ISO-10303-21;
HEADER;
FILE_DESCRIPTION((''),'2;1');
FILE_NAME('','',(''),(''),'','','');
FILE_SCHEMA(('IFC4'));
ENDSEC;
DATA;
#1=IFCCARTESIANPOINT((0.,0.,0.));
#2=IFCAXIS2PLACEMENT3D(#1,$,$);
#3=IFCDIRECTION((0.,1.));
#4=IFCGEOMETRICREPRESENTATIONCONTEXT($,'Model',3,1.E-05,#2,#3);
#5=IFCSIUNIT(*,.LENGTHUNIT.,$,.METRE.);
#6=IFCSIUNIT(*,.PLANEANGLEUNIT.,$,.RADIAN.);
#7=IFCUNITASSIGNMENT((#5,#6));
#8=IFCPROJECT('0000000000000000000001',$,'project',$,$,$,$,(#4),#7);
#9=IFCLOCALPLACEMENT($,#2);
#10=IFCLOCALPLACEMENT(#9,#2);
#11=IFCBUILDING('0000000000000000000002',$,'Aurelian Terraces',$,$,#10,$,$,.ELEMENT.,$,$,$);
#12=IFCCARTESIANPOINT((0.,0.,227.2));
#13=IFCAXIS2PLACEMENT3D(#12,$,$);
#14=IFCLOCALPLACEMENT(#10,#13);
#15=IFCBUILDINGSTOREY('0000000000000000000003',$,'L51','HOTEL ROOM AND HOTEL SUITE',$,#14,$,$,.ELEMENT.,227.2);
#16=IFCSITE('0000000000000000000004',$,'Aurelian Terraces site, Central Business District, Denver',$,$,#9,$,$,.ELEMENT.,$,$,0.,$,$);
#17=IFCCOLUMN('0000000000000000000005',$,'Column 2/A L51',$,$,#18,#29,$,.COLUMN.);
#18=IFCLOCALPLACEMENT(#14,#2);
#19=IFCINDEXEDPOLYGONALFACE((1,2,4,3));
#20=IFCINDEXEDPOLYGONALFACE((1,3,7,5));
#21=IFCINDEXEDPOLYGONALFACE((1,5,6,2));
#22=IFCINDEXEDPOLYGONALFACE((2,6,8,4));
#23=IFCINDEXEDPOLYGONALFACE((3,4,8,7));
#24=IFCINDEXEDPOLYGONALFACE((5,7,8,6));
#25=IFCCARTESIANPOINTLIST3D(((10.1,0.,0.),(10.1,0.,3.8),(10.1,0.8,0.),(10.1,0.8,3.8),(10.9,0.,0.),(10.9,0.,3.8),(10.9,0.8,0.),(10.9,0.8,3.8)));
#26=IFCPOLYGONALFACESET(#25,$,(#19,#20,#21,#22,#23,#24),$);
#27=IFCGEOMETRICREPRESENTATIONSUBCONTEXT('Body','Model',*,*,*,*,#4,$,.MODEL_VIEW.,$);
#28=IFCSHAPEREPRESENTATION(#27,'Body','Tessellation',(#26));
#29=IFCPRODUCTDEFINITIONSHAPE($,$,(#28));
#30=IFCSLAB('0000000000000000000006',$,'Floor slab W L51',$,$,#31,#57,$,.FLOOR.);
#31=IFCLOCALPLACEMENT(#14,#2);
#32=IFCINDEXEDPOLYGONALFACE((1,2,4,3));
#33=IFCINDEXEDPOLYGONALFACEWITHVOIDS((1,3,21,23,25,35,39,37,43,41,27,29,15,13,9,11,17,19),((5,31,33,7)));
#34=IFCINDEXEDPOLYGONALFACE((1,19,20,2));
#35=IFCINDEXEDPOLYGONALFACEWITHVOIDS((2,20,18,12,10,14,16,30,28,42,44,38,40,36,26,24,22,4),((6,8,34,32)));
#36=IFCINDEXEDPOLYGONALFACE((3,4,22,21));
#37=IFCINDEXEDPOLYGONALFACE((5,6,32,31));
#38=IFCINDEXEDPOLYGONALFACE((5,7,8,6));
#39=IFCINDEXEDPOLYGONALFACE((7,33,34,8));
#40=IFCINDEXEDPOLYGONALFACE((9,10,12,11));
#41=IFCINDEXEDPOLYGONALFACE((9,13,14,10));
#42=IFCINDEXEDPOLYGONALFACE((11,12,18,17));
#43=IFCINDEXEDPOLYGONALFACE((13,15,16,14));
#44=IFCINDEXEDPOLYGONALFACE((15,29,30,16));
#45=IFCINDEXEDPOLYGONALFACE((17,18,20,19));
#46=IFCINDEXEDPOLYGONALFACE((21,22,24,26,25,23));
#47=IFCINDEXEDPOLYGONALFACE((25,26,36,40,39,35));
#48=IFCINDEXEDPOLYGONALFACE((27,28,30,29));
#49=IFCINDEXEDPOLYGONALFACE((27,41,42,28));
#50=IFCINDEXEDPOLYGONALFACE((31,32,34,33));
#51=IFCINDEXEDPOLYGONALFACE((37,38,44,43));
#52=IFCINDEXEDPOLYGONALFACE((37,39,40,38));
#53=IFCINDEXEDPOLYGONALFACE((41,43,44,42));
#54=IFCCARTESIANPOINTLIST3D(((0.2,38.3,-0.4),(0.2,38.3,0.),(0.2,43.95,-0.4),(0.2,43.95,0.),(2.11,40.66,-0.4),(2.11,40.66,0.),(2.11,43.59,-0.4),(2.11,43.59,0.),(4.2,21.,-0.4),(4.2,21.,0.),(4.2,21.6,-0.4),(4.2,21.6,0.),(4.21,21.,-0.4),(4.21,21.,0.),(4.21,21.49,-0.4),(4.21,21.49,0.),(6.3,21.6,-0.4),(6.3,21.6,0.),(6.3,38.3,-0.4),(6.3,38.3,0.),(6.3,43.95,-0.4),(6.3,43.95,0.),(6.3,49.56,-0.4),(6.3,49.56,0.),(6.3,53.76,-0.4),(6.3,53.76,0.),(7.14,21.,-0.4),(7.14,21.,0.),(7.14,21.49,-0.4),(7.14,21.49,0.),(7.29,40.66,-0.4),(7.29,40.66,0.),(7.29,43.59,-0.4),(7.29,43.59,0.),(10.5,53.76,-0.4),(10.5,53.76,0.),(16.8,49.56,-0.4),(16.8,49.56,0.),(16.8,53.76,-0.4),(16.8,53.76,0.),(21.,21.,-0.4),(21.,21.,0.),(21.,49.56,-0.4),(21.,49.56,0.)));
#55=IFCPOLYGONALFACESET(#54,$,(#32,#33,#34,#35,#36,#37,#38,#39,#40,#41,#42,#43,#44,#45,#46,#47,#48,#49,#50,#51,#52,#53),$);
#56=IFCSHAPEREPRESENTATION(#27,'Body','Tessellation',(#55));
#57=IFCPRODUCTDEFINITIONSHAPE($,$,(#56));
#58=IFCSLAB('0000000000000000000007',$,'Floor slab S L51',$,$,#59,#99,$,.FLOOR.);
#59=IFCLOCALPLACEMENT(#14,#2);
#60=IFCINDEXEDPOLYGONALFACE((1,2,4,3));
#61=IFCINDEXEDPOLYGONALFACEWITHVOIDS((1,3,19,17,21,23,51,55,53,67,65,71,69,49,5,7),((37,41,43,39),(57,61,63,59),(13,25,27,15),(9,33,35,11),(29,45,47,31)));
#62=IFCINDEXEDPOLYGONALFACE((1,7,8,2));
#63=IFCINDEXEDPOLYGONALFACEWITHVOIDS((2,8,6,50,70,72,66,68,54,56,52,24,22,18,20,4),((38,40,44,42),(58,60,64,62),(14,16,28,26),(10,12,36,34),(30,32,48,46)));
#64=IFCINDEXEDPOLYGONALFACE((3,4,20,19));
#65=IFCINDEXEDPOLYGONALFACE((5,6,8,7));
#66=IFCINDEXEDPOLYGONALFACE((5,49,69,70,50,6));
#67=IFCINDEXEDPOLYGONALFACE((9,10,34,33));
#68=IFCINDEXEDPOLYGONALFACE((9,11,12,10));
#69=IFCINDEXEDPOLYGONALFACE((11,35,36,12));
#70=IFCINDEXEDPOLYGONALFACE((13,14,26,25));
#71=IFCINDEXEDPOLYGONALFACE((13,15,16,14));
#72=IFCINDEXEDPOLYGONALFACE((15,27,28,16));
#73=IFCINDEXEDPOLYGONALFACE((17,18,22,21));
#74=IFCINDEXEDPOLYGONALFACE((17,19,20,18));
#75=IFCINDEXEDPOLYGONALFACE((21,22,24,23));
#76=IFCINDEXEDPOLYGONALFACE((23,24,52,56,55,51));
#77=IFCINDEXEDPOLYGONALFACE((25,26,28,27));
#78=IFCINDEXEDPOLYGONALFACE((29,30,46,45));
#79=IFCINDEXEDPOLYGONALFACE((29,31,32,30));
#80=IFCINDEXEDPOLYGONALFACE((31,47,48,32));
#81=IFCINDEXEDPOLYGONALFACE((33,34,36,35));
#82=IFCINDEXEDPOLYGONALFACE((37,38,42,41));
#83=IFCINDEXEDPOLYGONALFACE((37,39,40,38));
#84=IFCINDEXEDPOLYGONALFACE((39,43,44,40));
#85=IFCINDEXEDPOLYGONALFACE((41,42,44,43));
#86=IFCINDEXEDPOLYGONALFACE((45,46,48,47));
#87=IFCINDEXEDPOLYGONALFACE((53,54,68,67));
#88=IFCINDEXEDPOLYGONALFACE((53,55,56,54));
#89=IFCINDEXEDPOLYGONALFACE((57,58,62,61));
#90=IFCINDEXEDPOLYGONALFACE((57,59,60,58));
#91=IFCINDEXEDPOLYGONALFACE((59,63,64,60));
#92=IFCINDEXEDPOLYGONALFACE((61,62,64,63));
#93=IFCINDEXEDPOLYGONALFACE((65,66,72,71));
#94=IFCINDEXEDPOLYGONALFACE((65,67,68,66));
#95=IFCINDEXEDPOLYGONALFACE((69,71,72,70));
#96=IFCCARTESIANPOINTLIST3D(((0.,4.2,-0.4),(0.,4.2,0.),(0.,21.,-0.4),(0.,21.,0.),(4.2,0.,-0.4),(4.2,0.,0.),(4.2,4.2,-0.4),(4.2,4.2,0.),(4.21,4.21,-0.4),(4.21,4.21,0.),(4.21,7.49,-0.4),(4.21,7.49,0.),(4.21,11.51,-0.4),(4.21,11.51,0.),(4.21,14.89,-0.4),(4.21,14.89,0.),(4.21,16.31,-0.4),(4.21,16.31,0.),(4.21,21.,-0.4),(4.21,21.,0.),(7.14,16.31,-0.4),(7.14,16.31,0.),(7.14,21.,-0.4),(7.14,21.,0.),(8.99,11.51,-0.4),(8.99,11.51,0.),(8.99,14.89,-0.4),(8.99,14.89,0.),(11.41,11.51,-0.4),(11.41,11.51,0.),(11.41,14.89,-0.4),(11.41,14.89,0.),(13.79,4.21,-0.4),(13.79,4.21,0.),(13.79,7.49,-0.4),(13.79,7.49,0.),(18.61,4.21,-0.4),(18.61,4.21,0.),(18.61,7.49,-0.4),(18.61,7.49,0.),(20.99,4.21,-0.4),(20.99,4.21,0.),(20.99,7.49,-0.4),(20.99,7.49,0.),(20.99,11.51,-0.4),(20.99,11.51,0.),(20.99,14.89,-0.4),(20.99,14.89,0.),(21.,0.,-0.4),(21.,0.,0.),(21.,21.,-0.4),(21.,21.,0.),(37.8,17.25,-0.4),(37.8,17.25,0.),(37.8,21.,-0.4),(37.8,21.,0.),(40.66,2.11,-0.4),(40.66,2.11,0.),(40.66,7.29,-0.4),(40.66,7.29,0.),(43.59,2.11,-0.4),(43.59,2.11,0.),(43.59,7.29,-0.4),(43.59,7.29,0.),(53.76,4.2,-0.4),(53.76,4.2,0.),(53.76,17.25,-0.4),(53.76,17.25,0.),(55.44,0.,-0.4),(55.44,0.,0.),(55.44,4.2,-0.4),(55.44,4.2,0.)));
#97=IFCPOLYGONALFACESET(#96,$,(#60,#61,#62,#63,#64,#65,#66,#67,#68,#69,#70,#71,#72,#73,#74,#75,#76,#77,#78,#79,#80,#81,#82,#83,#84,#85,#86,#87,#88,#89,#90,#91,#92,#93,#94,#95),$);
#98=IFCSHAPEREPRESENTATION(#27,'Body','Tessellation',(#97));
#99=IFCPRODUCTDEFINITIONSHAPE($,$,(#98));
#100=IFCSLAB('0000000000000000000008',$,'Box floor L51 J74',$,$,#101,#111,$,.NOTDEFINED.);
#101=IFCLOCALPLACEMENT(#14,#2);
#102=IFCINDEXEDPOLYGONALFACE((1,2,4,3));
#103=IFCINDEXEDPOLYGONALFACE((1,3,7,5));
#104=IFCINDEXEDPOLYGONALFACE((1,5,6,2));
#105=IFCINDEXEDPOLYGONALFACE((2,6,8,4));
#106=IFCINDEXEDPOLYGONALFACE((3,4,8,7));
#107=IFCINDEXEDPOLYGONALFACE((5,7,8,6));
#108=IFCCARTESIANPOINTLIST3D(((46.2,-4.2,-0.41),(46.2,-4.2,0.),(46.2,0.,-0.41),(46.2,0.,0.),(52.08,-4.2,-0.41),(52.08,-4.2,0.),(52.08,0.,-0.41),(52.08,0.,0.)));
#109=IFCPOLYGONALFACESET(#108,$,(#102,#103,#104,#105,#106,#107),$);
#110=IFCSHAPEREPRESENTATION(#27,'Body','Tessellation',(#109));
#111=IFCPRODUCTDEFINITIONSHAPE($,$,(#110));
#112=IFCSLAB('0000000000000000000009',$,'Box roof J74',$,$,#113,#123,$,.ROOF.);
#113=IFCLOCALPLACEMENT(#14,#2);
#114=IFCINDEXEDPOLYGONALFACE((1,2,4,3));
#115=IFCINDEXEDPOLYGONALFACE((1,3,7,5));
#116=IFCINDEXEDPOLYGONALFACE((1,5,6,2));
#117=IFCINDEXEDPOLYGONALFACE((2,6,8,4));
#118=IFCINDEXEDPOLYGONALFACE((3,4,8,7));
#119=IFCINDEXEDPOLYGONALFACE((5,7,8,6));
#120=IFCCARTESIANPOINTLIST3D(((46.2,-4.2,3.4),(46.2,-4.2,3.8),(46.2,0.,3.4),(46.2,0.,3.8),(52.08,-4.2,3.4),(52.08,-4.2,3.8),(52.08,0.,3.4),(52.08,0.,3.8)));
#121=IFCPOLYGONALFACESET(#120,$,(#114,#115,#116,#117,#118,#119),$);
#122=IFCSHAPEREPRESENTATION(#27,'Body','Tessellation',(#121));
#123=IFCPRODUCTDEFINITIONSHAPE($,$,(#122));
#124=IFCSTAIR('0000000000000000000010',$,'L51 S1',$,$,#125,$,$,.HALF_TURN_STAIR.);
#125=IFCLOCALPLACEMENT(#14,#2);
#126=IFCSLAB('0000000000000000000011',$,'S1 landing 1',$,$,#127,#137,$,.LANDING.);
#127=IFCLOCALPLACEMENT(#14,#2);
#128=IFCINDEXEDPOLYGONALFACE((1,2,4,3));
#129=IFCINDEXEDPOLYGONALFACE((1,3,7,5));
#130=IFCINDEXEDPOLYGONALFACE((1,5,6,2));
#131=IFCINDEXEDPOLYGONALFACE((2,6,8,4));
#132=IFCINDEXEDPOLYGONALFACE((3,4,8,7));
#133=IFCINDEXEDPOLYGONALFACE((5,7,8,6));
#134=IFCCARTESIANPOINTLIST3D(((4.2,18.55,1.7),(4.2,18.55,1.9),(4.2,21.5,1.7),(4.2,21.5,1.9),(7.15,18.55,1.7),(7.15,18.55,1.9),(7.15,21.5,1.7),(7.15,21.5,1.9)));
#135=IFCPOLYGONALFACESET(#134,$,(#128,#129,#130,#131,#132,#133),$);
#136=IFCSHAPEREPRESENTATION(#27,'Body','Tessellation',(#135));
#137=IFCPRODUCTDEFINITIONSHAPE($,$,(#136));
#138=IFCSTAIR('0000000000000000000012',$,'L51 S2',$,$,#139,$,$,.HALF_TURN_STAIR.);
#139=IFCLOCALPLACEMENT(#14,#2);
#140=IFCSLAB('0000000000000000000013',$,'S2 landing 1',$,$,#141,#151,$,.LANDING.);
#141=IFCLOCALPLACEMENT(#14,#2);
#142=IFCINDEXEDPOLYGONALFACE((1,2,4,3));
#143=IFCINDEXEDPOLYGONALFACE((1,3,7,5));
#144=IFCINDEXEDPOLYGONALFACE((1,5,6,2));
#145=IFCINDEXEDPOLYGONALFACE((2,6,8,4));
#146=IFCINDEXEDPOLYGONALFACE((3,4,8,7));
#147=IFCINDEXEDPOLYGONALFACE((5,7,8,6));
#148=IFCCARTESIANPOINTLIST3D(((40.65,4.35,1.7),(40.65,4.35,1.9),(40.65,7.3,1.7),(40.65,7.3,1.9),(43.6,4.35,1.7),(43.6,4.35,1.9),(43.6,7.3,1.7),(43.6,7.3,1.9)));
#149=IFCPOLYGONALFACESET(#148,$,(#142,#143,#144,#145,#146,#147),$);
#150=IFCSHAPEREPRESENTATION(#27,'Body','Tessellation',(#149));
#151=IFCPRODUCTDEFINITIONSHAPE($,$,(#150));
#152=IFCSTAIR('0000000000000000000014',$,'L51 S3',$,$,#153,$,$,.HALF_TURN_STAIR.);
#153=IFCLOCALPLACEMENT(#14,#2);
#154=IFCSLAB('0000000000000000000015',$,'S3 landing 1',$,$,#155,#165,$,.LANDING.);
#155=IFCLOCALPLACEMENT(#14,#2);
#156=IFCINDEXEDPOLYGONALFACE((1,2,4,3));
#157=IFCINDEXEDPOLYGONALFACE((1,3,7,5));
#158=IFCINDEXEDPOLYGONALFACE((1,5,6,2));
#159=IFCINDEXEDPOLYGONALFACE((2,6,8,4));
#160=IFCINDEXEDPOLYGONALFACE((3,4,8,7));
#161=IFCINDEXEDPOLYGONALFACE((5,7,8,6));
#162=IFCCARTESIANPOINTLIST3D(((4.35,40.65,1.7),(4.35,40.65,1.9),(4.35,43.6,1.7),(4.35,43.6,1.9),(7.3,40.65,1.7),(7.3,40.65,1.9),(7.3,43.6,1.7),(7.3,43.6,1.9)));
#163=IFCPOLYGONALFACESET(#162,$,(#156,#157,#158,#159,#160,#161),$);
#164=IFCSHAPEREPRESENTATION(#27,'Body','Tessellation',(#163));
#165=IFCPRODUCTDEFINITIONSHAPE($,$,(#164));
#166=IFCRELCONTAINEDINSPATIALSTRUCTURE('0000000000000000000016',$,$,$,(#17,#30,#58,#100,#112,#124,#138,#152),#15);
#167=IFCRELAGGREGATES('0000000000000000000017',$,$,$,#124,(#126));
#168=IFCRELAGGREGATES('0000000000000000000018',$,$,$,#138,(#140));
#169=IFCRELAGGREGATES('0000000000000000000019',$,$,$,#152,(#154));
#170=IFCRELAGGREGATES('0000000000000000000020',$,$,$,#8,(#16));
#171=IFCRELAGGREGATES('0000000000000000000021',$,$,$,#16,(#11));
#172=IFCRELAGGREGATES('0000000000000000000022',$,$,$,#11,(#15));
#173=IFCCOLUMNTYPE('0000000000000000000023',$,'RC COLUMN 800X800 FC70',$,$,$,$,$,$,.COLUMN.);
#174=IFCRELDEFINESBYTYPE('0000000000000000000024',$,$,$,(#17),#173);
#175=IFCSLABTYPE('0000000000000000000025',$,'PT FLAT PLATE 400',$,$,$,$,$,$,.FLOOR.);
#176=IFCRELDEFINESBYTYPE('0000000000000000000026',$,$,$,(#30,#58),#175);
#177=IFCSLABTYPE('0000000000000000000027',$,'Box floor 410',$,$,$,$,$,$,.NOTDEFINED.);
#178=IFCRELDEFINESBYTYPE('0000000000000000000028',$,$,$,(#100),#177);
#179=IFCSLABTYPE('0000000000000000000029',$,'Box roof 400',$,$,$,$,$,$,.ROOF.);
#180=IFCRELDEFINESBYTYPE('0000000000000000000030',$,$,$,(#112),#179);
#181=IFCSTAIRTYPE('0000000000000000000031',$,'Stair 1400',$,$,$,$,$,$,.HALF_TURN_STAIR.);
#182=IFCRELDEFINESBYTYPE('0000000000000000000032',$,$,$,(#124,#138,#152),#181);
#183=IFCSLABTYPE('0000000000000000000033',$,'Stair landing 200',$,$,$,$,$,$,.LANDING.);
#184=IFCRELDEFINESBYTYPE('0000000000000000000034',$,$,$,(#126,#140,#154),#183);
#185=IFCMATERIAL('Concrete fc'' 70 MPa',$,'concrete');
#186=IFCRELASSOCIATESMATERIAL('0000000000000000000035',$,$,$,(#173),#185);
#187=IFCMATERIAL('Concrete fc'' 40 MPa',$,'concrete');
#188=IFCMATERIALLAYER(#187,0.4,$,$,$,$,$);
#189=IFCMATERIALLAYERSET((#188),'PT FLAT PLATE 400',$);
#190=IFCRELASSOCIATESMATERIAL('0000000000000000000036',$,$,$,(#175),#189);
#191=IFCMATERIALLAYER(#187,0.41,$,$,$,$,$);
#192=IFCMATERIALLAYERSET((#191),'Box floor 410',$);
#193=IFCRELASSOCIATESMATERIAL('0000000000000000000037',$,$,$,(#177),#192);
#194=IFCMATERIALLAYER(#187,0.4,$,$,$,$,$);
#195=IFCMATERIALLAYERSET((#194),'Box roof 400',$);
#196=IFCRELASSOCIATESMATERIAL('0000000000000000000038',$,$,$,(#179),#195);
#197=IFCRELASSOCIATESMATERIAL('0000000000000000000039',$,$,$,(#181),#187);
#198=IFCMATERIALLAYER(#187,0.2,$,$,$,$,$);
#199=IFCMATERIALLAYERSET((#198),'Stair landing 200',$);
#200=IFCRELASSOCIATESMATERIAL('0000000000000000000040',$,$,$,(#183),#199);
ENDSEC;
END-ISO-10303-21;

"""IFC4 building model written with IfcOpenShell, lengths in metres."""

from ifc_helpers import new_model, si_unit, direction, frame, origin, origin_2d, place, context, subcontext, project, spatial, polyline, rectangle, outline, extrude, source, transform, mapped, material, layer, layer_set, material_profile, profile_set, type_object, element, aggregate, save


model = new_model("IFC4")

# Units and contexts
model_context = context("Model", 3, precision=1e-05, world=origin(), true_north=direction((0.0, 1.0)))
body_context = subcontext(model_context, "Body", "Model", "MODEL_VIEW")
ifc_project = project(units=[si_unit("LENGTHUNIT", "METRE"), si_unit("PLANEANGLEUNIT", "RADIAN")], contexts=[model_context])

# Site, building, storey
site_placement = place(None, origin())
site = spatial("IfcSite", under=ifc_project, at=site_placement, Name="Aurelian Terraces site, Central Business District, Denver", CompositionType="ELEMENT", RefElevation=0.0)
building_placement = place(site_placement, origin())
building = spatial("IfcBuilding", under=site, at=building_placement, Name="Aurelian Terraces", CompositionType="ELEMENT")
storey_placement = place(building_placement, frame((0.0, 0.0, 227.2)))
storey = spatial("IfcBuildingStorey", under=building, at=storey_placement, Name="L51", Description="HOTEL ROOM AND HOTEL SUITE", CompositionType="ELEMENT", Elevation=227.2)

# Column
ifc_material_1 = material(Name="Concrete fc' 70 MPa", Category="concrete")
ifc_material_profile = material_profile(ifc_material_1, rectangle(XDim=0.8, YDim=0.8, at=origin_2d()))
ifc_profile_set = profile_set([ifc_material_profile], Name="Concrete fc' 70 MPa")
column_type = type_object("IfcColumnType", Name="RC COLUMN 800X800 FC70", PredefinedType="COLUMN", material=ifc_profile_set)
column_placement = place(storey_placement, frame((10.5, 0.4, 0.0), z_axis=(0.0, 0.0, 1.0), x_axis=(1.0, 0.0, 0.0)))
element("IfcColumn", 1, at=column_placement, inside=storey, type_object=column_type, Name="Column 2/A L51", PredefinedType="COLUMN", context=body_context, shape_type="SweptSolid", body=[
    extrude(rectangle(XDim=0.8, YDim=0.8, at=origin_2d()), origin(), (0.0, 0.0, 1.0), 3.8),
])

# Slabs
ifc_material_2 = material(Name="Concrete fc' 40 MPa", Category="concrete")
ifc_layer_1 = layer(ifc_material_2, 0.4)
ifc_layer_set_1 = layer_set([ifc_layer_1], Name="PT FLAT PLATE 400")
slab_type_1 = type_object("IfcSlabType", Name="PT FLAT PLATE 400", PredefinedType="FLOOR", material=ifc_layer_set_1)
shared_shape_1 = source(origin(), body_context, "Body", "SweptSolid", [
    extrude(outline(polyline([(6.3, 43.95), (6.3, 49.56), (6.3, 53.76), (10.5, 53.76), (16.8, 53.76), (16.8, 49.56), (21.0, 49.56), (21.0, 21.0), (7.14, 21.0), (7.14, 21.49), (4.21, 21.49), (4.21, 21.0), (4.2, 21.0), (4.2, 21.6), (6.3, 21.6), (6.3, 38.3), (0.2, 38.3), (0.2, 43.95), (6.3, 43.95)]), holes=[polyline([(7.29, 43.59), (2.11, 43.59), (2.11, 40.66), (7.29, 40.66), (7.29, 43.59)])]), origin(), (0.0, 0.0, 1.0), 0.4),
])
slab_1_placement = place(storey_placement, frame((0.0, 0.0, -0.4)))
element("IfcSlab", 2, at=slab_1_placement, inside=storey, type_object=slab_type_1, Name="Floor slab W L51", PredefinedType="FLOOR", context=body_context, shape_type="MappedRepresentation", body=[
    mapped(shared_shape_1, transform((0.0, 0.0, 0.0), scale=1.0)),
])
shared_shape_2 = source(origin(), body_context, "Body", "SweptSolid", [
    extrude(outline(polyline([(21.0, 0.0), (4.2, 0.0), (4.2, 4.2), (0.0, 4.2), (0.0, 21.0), (4.21, 21.0), (4.21, 16.31), (7.14, 16.31), (7.14, 21.0), (21.0, 21.0), (37.8, 21.0), (37.8, 17.25), (53.76, 17.25), (53.76, 4.2), (55.44, 4.2), (55.44, 0.0), (21.0, 0.0)]), holes=[polyline([(40.66, 2.11), (43.59, 2.11), (43.59, 7.29), (40.66, 7.29), (40.66, 2.11)]), polyline([(18.61, 7.49), (18.61, 4.21), (20.99, 4.21), (20.99, 7.49), (18.61, 7.49)]), polyline([(20.99, 14.89), (11.41, 14.89), (11.41, 11.51), (20.99, 11.51), (20.99, 14.89)]), polyline([(4.21, 7.49), (4.21, 4.21), (13.79, 4.21), (13.79, 7.49), (4.21, 7.49)]), polyline([(4.21, 14.89), (4.21, 11.51), (8.99, 11.51), (8.99, 14.89), (4.21, 14.89)])]), origin(), (0.0, 0.0, 1.0), 0.4),
])
slab_2_placement = place(storey_placement, frame((0.0, 0.0, -0.4)))
element("IfcSlab", 3, at=slab_2_placement, inside=storey, type_object=slab_type_1, Name="Floor slab S L51", PredefinedType="FLOOR", context=body_context, shape_type="MappedRepresentation", body=[
    mapped(shared_shape_2, transform((0.0, 0.0, 0.0), scale=1.0)),
])
ifc_layer_2 = layer(ifc_material_2, 0.41)
ifc_layer_set_2 = layer_set([ifc_layer_2], Name="Box floor 410")
slab_type_2 = type_object("IfcSlabType", Name="Box floor 410", PredefinedType="NOTDEFINED", material=ifc_layer_set_2)
shared_shape_3 = source(origin(), body_context, "Body", "SweptSolid", [
    extrude(outline(polyline([(46.2, -4.2), (52.08, -4.2), (52.08, 0.0), (46.2, 0.0), (46.2, -4.2)])), origin(), (0.0, 0.0, 1.0), 0.41),
])
slab_3_placement = place(storey_placement, frame((0.0, 0.0, -0.41)))
element("IfcSlab", 4, at=slab_3_placement, inside=storey, type_object=slab_type_2, Name="Box floor L51 J74", PredefinedType="NOTDEFINED", context=body_context, shape_type="MappedRepresentation", body=[
    mapped(shared_shape_3, transform((0.0, 0.0, 0.0), scale=1.0)),
])
ifc_layer_3 = layer(ifc_material_2, 0.4)
ifc_layer_set_3 = layer_set([ifc_layer_3], Name="Box roof 400")
slab_type_3 = type_object("IfcSlabType", Name="Box roof 400", PredefinedType="ROOF", material=ifc_layer_set_3)
shared_shape_4 = source(origin(), body_context, "Body", "SweptSolid", [
    extrude(outline(polyline([(46.2, -4.2), (52.08, -4.2), (52.08, 0.0), (46.2, 0.0), (46.2, -4.2)])), origin(), (0.0, 0.0, 1.0), 0.4),
])
slab_4_placement = place(storey_placement, frame((0.0, 0.0, 3.4)))
element("IfcSlab", 5, at=slab_4_placement, inside=storey, type_object=slab_type_3, Name="Box roof J74", PredefinedType="ROOF", context=body_context, shape_type="MappedRepresentation", body=[
    mapped(shared_shape_4, transform((0.0, 0.0, 0.0), scale=1.0)),
])

# Stairs, slabs
stair_type = type_object("IfcStairType", Name="Stair 1400", PredefinedType="HALF_TURN_STAIR", material=ifc_material_2)
stair_1_placement = place(storey_placement, origin())
stair_1 = element("IfcStair", 6, at=stair_1_placement, inside=storey, type_object=stair_type, Name="L51 S1", PredefinedType="HALF_TURN_STAIR")
ifc_layer_4 = layer(ifc_material_2, 0.2)
ifc_layer_set_4 = layer_set([ifc_layer_4], Name="Stair landing 200")
slab_type_4 = type_object("IfcSlabType", Name="Stair landing 200", PredefinedType="LANDING", material=ifc_layer_set_4)
shared_shape_5 = source(origin(), body_context, "Body", "SweptSolid", [
    extrude(outline(polyline([(7.15, 18.55), (7.15, 21.5), (4.2, 21.5), (4.2, 18.55), (7.15, 18.55)])), origin(), (0.0, 0.0, 1.0), 0.2),
])
slab_5_placement = place(storey_placement, frame((0.0, 0.0, 1.7)))
slab_5 = element("IfcSlab", 7, at=slab_5_placement, type_object=slab_type_4, Name="S1 landing 1", PredefinedType="LANDING", context=body_context, shape_type="MappedRepresentation", body=[
    mapped(shared_shape_5, transform((0.0, 0.0, 0.0), scale=1.0)),
])
aggregate(stair_1, [slab_5])
stair_2_placement = place(storey_placement, origin())
stair_2 = element("IfcStair", 8, at=stair_2_placement, inside=storey, type_object=stair_type, Name="L51 S2", PredefinedType="HALF_TURN_STAIR")
shared_shape_6 = source(origin(), body_context, "Body", "SweptSolid", [
    extrude(outline(polyline([(43.6, 4.35), (43.6, 7.3), (40.65, 7.3), (40.65, 4.35), (43.6, 4.35)])), origin(), (0.0, 0.0, 1.0), 0.2),
])
slab_6_placement = place(storey_placement, frame((0.0, 0.0, 1.7)))
slab_6 = element("IfcSlab", 9, at=slab_6_placement, type_object=slab_type_4, Name="S2 landing 1", PredefinedType="LANDING", context=body_context, shape_type="MappedRepresentation", body=[
    mapped(shared_shape_6, transform((0.0, 0.0, 0.0), scale=1.0)),
])
aggregate(stair_2, [slab_6])
stair_3_placement = place(storey_placement, origin())
stair_3 = element("IfcStair", 10, at=stair_3_placement, inside=storey, type_object=stair_type, Name="L51 S3", PredefinedType="HALF_TURN_STAIR")
shared_shape_7 = source(origin(), body_context, "Body", "SweptSolid", [
    extrude(outline(polyline([(4.35, 40.65), (7.3, 40.65), (7.3, 43.6), (4.35, 43.6), (4.35, 40.65)])), origin(), (0.0, 0.0, 1.0), 0.2),
])
slab_7_placement = place(storey_placement, frame((0.0, 0.0, 1.7)))
slab_7 = element("IfcSlab", 11, at=slab_7_placement, type_object=slab_type_4, Name="S3 landing 1", PredefinedType="LANDING", context=body_context, shape_type="MappedRepresentation", body=[
    mapped(shared_shape_7, transform((0.0, 0.0, 0.0), scale=1.0)),
])
aggregate(stair_3, [slab_7])

save(model, "model.ifc")
